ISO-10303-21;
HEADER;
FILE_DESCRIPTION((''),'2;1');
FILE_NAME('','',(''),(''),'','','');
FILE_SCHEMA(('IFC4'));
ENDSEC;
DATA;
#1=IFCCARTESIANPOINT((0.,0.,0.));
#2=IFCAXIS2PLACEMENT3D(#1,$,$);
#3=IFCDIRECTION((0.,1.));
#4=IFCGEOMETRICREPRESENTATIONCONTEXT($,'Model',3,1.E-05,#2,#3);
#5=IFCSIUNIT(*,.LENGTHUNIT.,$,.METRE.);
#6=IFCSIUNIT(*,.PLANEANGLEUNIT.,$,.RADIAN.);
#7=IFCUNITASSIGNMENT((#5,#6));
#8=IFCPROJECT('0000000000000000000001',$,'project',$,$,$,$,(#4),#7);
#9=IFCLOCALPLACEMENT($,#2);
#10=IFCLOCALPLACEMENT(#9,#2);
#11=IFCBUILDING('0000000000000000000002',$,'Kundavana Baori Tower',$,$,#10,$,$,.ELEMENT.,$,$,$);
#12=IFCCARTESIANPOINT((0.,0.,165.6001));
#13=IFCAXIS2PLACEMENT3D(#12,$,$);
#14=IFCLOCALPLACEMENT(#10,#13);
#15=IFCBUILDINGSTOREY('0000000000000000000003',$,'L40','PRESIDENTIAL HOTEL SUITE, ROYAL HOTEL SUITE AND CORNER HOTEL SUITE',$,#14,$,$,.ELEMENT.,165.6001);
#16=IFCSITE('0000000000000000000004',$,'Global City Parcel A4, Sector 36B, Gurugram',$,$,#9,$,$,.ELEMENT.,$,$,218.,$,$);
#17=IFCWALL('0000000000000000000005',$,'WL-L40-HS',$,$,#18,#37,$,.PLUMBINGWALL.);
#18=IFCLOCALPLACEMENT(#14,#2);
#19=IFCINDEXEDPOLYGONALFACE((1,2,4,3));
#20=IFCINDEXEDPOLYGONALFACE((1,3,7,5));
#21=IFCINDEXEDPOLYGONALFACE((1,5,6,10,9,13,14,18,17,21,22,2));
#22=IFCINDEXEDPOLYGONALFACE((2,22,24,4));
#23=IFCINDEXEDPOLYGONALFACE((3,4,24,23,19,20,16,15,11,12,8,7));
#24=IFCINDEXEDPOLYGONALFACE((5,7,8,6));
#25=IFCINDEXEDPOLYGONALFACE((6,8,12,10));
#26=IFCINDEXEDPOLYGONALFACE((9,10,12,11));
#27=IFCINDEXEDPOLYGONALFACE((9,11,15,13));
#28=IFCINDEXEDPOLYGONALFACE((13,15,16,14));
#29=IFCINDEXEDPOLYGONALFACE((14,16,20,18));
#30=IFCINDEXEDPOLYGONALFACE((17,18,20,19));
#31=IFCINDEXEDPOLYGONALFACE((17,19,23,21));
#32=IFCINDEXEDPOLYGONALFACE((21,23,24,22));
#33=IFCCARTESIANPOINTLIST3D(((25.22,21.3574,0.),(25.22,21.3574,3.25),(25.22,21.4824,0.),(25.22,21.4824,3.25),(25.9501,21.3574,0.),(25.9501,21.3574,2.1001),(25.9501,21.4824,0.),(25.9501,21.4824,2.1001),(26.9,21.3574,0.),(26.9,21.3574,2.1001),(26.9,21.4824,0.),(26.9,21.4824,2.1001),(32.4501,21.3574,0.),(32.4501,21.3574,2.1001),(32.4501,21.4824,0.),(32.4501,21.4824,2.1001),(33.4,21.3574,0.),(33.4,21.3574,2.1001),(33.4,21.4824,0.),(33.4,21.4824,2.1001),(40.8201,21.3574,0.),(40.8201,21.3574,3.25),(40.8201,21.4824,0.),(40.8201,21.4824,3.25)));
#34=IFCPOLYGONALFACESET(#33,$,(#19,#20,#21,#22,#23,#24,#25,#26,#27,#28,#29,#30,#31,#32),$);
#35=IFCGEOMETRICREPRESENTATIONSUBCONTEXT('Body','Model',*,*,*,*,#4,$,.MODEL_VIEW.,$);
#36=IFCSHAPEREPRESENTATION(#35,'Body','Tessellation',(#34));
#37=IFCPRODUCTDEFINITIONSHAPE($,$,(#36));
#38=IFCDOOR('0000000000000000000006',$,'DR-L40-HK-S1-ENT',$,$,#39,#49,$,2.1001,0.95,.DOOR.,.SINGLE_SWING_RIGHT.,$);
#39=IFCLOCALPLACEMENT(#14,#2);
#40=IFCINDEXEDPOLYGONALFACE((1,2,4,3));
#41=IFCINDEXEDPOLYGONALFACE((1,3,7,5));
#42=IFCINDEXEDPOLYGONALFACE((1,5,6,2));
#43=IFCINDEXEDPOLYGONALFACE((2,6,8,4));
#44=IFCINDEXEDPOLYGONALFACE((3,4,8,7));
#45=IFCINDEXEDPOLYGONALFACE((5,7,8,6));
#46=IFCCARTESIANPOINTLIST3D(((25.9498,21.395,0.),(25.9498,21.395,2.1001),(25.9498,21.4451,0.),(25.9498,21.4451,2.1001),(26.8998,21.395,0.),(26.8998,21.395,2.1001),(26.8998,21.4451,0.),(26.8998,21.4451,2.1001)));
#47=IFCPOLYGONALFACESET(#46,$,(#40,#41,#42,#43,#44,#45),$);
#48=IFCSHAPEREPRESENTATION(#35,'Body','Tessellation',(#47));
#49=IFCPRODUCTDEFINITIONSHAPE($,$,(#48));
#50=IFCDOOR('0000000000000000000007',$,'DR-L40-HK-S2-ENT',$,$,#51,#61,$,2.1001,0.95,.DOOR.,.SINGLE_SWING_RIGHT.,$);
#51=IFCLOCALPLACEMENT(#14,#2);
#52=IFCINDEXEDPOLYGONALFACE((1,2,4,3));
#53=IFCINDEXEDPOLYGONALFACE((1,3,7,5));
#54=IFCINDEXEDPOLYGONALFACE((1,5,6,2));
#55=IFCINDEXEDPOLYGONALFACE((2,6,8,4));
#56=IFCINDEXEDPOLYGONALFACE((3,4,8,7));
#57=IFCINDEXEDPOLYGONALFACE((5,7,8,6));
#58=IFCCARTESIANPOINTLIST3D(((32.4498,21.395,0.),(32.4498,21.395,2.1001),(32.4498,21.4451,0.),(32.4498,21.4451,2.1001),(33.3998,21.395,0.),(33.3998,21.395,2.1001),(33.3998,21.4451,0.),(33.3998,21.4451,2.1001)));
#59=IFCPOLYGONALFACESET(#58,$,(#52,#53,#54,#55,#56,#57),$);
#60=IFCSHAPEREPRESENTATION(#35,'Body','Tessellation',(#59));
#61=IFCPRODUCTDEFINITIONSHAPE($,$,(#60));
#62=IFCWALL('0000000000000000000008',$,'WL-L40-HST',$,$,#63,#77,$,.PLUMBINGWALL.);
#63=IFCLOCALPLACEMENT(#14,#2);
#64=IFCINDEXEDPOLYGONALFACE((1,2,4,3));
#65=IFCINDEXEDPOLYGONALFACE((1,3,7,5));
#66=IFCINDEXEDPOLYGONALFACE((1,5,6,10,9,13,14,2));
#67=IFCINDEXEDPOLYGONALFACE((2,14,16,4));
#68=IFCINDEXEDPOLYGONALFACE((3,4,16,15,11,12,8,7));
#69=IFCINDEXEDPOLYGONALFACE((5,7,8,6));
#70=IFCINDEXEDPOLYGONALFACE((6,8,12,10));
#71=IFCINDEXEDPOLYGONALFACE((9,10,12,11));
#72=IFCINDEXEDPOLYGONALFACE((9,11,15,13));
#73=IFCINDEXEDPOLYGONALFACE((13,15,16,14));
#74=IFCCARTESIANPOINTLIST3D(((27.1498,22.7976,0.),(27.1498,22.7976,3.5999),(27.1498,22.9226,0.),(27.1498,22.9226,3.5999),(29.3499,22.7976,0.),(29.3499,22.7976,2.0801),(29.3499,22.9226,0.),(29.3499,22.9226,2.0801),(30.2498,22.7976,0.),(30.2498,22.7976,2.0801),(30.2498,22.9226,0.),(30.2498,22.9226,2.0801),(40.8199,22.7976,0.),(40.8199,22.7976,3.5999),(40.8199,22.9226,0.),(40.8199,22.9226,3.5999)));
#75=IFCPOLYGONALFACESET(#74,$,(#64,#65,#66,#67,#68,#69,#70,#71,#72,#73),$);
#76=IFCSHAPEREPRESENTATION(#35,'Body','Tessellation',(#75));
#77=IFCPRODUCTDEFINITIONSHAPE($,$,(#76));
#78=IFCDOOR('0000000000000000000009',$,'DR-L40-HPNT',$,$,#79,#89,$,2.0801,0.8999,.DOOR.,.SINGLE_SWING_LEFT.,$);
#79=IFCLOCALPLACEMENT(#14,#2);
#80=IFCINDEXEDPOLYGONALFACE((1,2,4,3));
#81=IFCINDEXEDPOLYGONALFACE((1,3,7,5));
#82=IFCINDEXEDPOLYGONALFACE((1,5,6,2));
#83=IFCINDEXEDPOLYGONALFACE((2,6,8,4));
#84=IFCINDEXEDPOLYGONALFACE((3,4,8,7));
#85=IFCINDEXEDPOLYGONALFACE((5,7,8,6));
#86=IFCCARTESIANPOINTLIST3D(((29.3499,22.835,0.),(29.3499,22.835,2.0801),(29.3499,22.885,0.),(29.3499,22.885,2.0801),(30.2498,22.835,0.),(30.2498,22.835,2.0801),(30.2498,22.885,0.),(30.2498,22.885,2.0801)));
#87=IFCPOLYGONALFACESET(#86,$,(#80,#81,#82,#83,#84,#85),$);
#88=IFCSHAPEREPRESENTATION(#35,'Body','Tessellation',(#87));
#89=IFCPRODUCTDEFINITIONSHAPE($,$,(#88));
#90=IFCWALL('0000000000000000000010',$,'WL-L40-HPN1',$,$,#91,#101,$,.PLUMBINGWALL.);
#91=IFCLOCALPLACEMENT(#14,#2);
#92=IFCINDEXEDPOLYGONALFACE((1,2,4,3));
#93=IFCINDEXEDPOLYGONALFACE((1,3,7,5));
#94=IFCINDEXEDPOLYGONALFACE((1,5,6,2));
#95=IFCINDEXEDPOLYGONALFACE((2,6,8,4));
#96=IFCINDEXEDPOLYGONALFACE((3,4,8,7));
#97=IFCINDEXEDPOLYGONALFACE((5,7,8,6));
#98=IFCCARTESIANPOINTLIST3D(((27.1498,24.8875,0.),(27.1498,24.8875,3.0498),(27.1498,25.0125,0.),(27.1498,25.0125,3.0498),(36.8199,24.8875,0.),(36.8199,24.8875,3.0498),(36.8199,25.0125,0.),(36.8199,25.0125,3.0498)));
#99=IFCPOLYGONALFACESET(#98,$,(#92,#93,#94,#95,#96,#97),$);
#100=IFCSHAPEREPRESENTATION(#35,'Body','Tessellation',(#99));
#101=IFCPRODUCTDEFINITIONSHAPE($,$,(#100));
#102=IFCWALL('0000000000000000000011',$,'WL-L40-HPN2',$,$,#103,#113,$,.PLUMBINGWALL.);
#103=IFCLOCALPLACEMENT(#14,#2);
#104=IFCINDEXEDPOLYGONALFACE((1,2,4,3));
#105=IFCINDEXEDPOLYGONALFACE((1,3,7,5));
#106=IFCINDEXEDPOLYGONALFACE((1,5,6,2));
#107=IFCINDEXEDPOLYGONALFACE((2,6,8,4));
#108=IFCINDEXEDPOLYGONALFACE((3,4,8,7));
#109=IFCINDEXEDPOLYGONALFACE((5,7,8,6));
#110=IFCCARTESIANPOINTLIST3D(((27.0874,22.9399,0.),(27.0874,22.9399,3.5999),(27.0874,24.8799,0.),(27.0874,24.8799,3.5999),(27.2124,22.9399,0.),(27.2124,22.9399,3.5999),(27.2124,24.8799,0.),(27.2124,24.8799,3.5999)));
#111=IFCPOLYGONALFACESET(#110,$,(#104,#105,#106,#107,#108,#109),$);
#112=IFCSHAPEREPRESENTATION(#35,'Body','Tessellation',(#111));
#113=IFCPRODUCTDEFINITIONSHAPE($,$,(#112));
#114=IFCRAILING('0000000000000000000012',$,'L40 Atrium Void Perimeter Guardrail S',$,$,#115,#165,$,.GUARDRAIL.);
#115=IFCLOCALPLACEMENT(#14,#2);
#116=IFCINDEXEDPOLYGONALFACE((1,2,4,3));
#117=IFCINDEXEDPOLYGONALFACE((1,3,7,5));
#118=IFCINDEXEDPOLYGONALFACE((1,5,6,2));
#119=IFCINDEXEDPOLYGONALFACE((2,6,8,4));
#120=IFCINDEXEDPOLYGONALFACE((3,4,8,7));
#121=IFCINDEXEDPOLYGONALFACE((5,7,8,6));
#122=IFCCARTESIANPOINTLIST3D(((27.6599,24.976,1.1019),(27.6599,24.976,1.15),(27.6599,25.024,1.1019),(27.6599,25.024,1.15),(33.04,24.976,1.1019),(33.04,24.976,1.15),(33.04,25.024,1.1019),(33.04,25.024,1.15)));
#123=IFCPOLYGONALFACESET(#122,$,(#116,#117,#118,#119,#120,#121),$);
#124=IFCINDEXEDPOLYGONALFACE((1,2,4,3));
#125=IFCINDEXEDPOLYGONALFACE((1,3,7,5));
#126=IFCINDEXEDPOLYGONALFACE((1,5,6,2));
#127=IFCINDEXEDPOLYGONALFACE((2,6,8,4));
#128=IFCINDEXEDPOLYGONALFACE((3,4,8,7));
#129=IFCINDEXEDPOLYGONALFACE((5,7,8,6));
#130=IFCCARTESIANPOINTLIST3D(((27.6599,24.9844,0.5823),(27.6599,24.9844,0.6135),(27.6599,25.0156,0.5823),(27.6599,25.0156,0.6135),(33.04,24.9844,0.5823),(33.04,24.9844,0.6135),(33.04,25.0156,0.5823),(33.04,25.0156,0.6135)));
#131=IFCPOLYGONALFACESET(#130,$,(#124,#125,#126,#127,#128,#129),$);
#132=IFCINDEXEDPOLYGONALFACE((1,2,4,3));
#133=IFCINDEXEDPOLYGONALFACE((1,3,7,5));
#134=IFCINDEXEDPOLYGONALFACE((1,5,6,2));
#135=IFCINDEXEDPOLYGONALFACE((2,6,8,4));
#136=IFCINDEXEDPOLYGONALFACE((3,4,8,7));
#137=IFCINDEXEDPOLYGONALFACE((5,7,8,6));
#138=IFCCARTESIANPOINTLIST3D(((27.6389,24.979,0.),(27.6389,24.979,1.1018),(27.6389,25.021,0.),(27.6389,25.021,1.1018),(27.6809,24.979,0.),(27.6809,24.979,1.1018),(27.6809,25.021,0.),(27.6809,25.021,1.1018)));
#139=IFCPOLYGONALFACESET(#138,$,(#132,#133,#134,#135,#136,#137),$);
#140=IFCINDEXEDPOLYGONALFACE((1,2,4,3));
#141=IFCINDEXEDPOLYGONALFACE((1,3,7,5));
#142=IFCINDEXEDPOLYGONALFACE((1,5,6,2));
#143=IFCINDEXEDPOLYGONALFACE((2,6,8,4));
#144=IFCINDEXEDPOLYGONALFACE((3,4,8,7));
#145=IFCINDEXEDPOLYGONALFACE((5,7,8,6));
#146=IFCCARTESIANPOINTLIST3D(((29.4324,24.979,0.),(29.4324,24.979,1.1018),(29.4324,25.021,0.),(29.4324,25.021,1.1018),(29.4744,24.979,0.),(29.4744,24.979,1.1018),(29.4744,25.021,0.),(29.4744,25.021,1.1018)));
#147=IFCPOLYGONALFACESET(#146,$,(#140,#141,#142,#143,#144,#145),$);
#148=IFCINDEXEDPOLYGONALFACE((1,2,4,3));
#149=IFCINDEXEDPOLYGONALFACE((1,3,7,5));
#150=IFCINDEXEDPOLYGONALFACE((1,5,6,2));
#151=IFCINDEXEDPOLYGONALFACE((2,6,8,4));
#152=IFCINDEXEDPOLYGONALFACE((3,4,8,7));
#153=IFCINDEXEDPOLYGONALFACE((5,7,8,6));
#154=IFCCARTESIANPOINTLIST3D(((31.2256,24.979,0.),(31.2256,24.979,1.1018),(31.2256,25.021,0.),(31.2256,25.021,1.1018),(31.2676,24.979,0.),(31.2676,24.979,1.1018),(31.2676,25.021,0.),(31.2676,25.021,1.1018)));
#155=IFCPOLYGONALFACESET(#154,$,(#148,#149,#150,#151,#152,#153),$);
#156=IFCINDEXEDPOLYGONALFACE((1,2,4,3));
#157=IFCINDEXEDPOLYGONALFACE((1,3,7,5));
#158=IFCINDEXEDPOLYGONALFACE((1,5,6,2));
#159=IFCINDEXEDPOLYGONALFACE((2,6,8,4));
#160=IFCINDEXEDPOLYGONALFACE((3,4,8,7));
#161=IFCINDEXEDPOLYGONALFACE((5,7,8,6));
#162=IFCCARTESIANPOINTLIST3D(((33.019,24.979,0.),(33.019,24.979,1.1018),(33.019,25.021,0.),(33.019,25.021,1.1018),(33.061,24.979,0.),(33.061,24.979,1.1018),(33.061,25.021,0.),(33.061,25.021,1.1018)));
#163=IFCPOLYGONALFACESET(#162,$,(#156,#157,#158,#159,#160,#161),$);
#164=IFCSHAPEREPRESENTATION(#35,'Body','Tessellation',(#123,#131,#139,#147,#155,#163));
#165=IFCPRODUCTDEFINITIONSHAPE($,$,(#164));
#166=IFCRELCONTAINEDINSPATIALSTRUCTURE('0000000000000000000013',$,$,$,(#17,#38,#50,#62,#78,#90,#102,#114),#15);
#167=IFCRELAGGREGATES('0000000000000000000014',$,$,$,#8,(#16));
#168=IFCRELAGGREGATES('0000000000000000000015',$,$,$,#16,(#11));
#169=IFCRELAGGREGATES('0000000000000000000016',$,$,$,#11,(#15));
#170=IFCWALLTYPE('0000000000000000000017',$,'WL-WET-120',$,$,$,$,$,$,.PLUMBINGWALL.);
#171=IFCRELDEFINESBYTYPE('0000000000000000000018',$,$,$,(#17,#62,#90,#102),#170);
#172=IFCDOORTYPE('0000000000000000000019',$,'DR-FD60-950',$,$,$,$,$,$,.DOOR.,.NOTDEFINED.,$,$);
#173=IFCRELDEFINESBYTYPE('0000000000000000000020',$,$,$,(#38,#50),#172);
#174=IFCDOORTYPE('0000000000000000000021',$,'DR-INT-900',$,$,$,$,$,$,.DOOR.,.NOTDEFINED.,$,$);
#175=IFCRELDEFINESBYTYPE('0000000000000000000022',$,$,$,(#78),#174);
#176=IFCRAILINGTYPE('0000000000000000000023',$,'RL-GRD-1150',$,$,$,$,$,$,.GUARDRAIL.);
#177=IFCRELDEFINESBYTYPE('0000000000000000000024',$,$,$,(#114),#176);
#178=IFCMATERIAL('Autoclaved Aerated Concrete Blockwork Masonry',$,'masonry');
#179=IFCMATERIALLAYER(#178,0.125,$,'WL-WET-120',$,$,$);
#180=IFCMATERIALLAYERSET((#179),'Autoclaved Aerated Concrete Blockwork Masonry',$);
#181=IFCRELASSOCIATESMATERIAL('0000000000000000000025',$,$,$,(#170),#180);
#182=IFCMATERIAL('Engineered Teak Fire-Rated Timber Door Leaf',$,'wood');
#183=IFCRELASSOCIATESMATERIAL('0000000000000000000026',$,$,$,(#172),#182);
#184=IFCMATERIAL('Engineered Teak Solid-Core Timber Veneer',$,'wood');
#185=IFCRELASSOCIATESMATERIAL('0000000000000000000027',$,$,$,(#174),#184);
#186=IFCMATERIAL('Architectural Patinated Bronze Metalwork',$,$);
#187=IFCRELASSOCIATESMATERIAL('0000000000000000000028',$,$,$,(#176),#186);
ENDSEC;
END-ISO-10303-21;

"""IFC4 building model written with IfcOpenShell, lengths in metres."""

from ifc_helpers import new_model, si_unit, direction, frame, frame_2d, origin, origin_2d, place, context, subcontext, project, spatial, rectangle, extrude, material, layer, layer_set, type_object, element, fill, save


model = new_model("IFC4")

# Units and contexts
model_context = context("Model", 3, precision=1e-05, world=origin(), true_north=direction((0.0, 1.0)))
body_context = subcontext(model_context, "Body", "Model", "MODEL_VIEW")
ifc_project = project(units=[si_unit("LENGTHUNIT", "METRE"), si_unit("PLANEANGLEUNIT", "RADIAN")], contexts=[model_context])

# Site, building, storey
site_placement = place(None, origin())
site = spatial("IfcSite", under=ifc_project, at=site_placement, Name="Global City Parcel A4, Sector 36B, Gurugram", CompositionType="ELEMENT", RefElevation=218.0)
building_placement = place(site_placement, origin())
building = spatial("IfcBuilding", under=site, at=building_placement, Name="Kundavana Baori Tower", CompositionType="ELEMENT")
storey_placement = place(building_placement, frame((0.0, 0.0, 165.6001)))
storey = spatial("IfcBuildingStorey", under=building, at=storey_placement, Name="L40", Description="PRESIDENTIAL HOTEL SUITE, ROYAL HOTEL SUITE AND CORNER HOTEL SUITE", CompositionType="ELEMENT", Elevation=165.6001)

# Wall, openings, doors
ifc_material_1 = material(Name="Autoclaved Aerated Concrete Blockwork Masonry", Category="masonry")
ifc_layer = layer(ifc_material_1, 0.125, Name="WL-WET-120")
ifc_layer_set = layer_set([ifc_layer], Name="Autoclaved Aerated Concrete Blockwork Masonry")
wall_type = type_object("IfcWallType", Name="WL-WET-120", PredefinedType="PLUMBINGWALL", material=ifc_layer_set)
wall_1_placement = place(storey_placement, frame((25.22, 21.4199, 0.0), z_axis=(0.0, 0.0, 1.0), x_axis=(1.0, 0.0, 0.0)))
wall_1 = element("IfcWall", 1, at=wall_1_placement, inside=storey, type_object=wall_type, Name="WL-L40-HS", PredefinedType="PLUMBINGWALL", context=body_context, shape_type="SweptSolid", body=[
    extrude(rectangle(XDim=15.6001, YDim=0.125, at=frame_2d((7.8, 0.0))), origin(), (0.0, 0.0, 1.0), 3.25),
])
opening_1_placement = place(wall_1_placement, frame((0.73, 0.0, 0.0)))
opening_1 = element("IfcOpeningElement", 2, at=opening_1_placement, cuts=wall_1, PredefinedType="OPENING", context=body_context, shape_type="SweptSolid", body=[
    extrude(rectangle(XDim=0.95, YDim=2.1001, at=frame_2d((0.4751, 1.05))), frame((0.0, 0.0725, 0.0), z_axis=(0.0, -1.0, 0.0), x_axis=(1.0, 0.0, 0.0)), (0.0, 0.0, 1.0), 0.145),
])
opening_2_placement = place(wall_1_placement, frame((7.23, 0.0, 0.0)))
opening_2 = element("IfcOpeningElement", 3, at=opening_2_placement, cuts=wall_1, PredefinedType="OPENING", context=body_context, shape_type="SweptSolid", body=[
    extrude(rectangle(XDim=0.95, YDim=2.1001, at=frame_2d((0.4751, 1.05))), frame((0.0, 0.0725, 0.0), z_axis=(0.0, -1.0, 0.0), x_axis=(1.0, 0.0, 0.0)), (0.0, 0.0, 1.0), 0.145),
])
ifc_material_2 = material(Name="Engineered Teak Fire-Rated Timber Door Leaf", Category="wood")
door_type_1 = type_object("IfcDoorType", Name="DR-FD60-950", OperationType="NOTDEFINED", PredefinedType="DOOR", material=ifc_material_2)
door_1_placement = place(opening_1_placement, frame((0.95, 0.0, 0.0), z_axis=(0.0, 0.0, 1.0), x_axis=(-1.0, 0.0, 0.0)))
door_1 = element("IfcDoor", 4, at=door_1_placement, inside=storey, type_object=door_type_1, Name="DR-L40-HK-S1-ENT", OperationType="SINGLE_SWING_RIGHT", OverallHeight=2.1001, OverallWidth=0.95, PredefinedType="DOOR", context=body_context, shape_type="SweptSolid", body=[
    extrude(rectangle(XDim=0.95, YDim=2.1001, at=frame_2d((0.4751, 1.05))), frame((0.0, 0.0249, 0.0), z_axis=(0.0, -1.0, 0.0), x_axis=(1.0, 0.0, 0.0)), (0.0, 0.0, 1.0), 0.05),
])
fill(opening_1, door_1)
door_2_placement = place(opening_2_placement, frame((0.95, 0.0, 0.0), z_axis=(0.0, 0.0, 1.0), x_axis=(-1.0, 0.0, 0.0)))
door_2 = element("IfcDoor", 5, at=door_2_placement, inside=storey, type_object=door_type_1, Name="DR-L40-HK-S2-ENT", OperationType="SINGLE_SWING_RIGHT", OverallHeight=2.1001, OverallWidth=0.95, PredefinedType="DOOR", context=body_context, shape_type="SweptSolid", body=[
    extrude(rectangle(XDim=0.95, YDim=2.1001, at=frame_2d((0.4751, 1.05))), frame((0.0, 0.0249, 0.0), z_axis=(0.0, -1.0, 0.0), x_axis=(1.0, 0.0, 0.0)), (0.0, 0.0, 1.0), 0.05),
])
fill(opening_2, door_2)

# Wall, opening, door
wall_2_placement = place(storey_placement, frame((27.1499, 22.8601, 0.0), z_axis=(0.0, 0.0, 1.0), x_axis=(1.0, 0.0, 0.0)))
wall_2 = element("IfcWall", 6, at=wall_2_placement, inside=storey, type_object=wall_type, Name="WL-L40-HST", PredefinedType="PLUMBINGWALL", context=body_context, shape_type="SweptSolid", body=[
    extrude(rectangle(XDim=13.6702, YDim=0.125, at=frame_2d((6.835, 0.0))), origin(), (0.0, 0.0, 1.0), 3.5999),
])
opening_3_placement = place(wall_2_placement, frame((2.2, 0.0, 0.0)))
opening_3 = element("IfcOpeningElement", 7, at=opening_3_placement, cuts=wall_2, PredefinedType="OPENING", context=body_context, shape_type="SweptSolid", body=[
    extrude(rectangle(XDim=0.8999, YDim=2.0801, at=frame_2d((0.45, 1.04))), frame((0.0, 0.0725, 0.0), z_axis=(0.0, -1.0, 0.0), x_axis=(1.0, 0.0, 0.0)), (0.0, 0.0, 1.0), 0.145),
])
ifc_material_3 = material(Name="Engineered Teak Solid-Core Timber Veneer", Category="wood")
door_type_2 = type_object("IfcDoorType", Name="DR-INT-900", OperationType="NOTDEFINED", PredefinedType="DOOR", material=ifc_material_3)
door_3_placement = place(opening_3_placement, origin())
door_3 = element("IfcDoor", 8, at=door_3_placement, inside=storey, type_object=door_type_2, Name="DR-L40-HPNT", OperationType="SINGLE_SWING_LEFT", OverallHeight=2.0801, OverallWidth=0.8999, PredefinedType="DOOR", context=body_context, shape_type="SweptSolid", body=[
    extrude(rectangle(XDim=0.8999, YDim=2.0801, at=frame_2d((0.45, 1.04))), frame((0.0, 0.0249, 0.0), z_axis=(0.0, -1.0, 0.0), x_axis=(1.0, 0.0, 0.0)), (0.0, 0.0, 1.0), 0.05),
])
fill(opening_3, door_3)

# Walls
wall_3_placement = place(storey_placement, frame((27.1499, 24.95, 0.0), z_axis=(0.0, 0.0, 1.0), x_axis=(1.0, 0.0, 0.0)))
element("IfcWall", 9, at=wall_3_placement, inside=storey, type_object=wall_type, Name="WL-L40-HPN1", PredefinedType="PLUMBINGWALL", context=body_context, shape_type="SweptSolid", body=[
    extrude(rectangle(XDim=9.6702, YDim=0.125, at=frame_2d((4.835, 0.0))), origin(), (0.0, 0.0, 1.0), 3.0498),
])
wall_4_placement = place(storey_placement, frame((27.1499, 22.9399, 0.0), z_axis=(0.0, 0.0, 1.0), x_axis=(0.0, 1.0, 0.0)))
element("IfcWall", 10, at=wall_4_placement, inside=storey, type_object=wall_type, Name="WL-L40-HPN2", PredefinedType="PLUMBINGWALL", context=body_context, shape_type="SweptSolid", body=[
    extrude(rectangle(XDim=1.9399, YDim=0.125, at=frame_2d((0.97, 0.0))), origin(), (0.0, 0.0, 1.0), 3.5999),
])

# Railing
ifc_material_4 = material(Name="Architectural Patinated Bronze Metalwork")
railing_type = type_object("IfcRailingType", Name="RL-GRD-1150", PredefinedType="GUARDRAIL", material=ifc_material_4)
railing_1_placement = place(storey_placement, frame((27.6599, 25.0, 0.0)))
element("IfcRailing", 11, at=railing_1_placement, inside=storey, type_object=railing_type, Name="L40 Atrium Void Perimeter Guardrail S", PredefinedType="GUARDRAIL", context=body_context, shape_type="SweptSolid", body=[
    extrude(rectangle(XDim=0.0481, YDim=0.0481, at=origin_2d()), frame((0.0, 0.0, 1.126), z_axis=(1.0, 0.0, 0.0), x_axis=(0.0, 1.0, 0.0)), (0.0, 0.0, 1.0), 5.3801),
    extrude(rectangle(XDim=0.0312, YDim=0.0312, at=origin_2d()), frame((0.0, 0.0, 0.5979), z_axis=(1.0, 0.0, 0.0), x_axis=(0.0, 1.0, 0.0)), (0.0, 0.0, 1.0), 5.3801),
    extrude(rectangle(XDim=0.042, YDim=0.042, at=origin_2d()), origin(), (0.0, 0.0, 1.0), 1.1018),
    extrude(rectangle(XDim=0.042, YDim=0.042, at=origin_2d()), frame((1.7935, 0.0, 0.0)), (0.0, 0.0, 1.0), 1.1018),
    extrude(rectangle(XDim=0.042, YDim=0.042, at=origin_2d()), frame((3.5867, 0.0, 0.0)), (0.0, 0.0, 1.0), 1.1018),
    extrude(rectangle(XDim=0.042, YDim=0.042, at=origin_2d()), frame((5.3801, 0.0, 0.0)), (0.0, 0.0, 1.0), 1.1018),
])

save(model, "model.ifc")
